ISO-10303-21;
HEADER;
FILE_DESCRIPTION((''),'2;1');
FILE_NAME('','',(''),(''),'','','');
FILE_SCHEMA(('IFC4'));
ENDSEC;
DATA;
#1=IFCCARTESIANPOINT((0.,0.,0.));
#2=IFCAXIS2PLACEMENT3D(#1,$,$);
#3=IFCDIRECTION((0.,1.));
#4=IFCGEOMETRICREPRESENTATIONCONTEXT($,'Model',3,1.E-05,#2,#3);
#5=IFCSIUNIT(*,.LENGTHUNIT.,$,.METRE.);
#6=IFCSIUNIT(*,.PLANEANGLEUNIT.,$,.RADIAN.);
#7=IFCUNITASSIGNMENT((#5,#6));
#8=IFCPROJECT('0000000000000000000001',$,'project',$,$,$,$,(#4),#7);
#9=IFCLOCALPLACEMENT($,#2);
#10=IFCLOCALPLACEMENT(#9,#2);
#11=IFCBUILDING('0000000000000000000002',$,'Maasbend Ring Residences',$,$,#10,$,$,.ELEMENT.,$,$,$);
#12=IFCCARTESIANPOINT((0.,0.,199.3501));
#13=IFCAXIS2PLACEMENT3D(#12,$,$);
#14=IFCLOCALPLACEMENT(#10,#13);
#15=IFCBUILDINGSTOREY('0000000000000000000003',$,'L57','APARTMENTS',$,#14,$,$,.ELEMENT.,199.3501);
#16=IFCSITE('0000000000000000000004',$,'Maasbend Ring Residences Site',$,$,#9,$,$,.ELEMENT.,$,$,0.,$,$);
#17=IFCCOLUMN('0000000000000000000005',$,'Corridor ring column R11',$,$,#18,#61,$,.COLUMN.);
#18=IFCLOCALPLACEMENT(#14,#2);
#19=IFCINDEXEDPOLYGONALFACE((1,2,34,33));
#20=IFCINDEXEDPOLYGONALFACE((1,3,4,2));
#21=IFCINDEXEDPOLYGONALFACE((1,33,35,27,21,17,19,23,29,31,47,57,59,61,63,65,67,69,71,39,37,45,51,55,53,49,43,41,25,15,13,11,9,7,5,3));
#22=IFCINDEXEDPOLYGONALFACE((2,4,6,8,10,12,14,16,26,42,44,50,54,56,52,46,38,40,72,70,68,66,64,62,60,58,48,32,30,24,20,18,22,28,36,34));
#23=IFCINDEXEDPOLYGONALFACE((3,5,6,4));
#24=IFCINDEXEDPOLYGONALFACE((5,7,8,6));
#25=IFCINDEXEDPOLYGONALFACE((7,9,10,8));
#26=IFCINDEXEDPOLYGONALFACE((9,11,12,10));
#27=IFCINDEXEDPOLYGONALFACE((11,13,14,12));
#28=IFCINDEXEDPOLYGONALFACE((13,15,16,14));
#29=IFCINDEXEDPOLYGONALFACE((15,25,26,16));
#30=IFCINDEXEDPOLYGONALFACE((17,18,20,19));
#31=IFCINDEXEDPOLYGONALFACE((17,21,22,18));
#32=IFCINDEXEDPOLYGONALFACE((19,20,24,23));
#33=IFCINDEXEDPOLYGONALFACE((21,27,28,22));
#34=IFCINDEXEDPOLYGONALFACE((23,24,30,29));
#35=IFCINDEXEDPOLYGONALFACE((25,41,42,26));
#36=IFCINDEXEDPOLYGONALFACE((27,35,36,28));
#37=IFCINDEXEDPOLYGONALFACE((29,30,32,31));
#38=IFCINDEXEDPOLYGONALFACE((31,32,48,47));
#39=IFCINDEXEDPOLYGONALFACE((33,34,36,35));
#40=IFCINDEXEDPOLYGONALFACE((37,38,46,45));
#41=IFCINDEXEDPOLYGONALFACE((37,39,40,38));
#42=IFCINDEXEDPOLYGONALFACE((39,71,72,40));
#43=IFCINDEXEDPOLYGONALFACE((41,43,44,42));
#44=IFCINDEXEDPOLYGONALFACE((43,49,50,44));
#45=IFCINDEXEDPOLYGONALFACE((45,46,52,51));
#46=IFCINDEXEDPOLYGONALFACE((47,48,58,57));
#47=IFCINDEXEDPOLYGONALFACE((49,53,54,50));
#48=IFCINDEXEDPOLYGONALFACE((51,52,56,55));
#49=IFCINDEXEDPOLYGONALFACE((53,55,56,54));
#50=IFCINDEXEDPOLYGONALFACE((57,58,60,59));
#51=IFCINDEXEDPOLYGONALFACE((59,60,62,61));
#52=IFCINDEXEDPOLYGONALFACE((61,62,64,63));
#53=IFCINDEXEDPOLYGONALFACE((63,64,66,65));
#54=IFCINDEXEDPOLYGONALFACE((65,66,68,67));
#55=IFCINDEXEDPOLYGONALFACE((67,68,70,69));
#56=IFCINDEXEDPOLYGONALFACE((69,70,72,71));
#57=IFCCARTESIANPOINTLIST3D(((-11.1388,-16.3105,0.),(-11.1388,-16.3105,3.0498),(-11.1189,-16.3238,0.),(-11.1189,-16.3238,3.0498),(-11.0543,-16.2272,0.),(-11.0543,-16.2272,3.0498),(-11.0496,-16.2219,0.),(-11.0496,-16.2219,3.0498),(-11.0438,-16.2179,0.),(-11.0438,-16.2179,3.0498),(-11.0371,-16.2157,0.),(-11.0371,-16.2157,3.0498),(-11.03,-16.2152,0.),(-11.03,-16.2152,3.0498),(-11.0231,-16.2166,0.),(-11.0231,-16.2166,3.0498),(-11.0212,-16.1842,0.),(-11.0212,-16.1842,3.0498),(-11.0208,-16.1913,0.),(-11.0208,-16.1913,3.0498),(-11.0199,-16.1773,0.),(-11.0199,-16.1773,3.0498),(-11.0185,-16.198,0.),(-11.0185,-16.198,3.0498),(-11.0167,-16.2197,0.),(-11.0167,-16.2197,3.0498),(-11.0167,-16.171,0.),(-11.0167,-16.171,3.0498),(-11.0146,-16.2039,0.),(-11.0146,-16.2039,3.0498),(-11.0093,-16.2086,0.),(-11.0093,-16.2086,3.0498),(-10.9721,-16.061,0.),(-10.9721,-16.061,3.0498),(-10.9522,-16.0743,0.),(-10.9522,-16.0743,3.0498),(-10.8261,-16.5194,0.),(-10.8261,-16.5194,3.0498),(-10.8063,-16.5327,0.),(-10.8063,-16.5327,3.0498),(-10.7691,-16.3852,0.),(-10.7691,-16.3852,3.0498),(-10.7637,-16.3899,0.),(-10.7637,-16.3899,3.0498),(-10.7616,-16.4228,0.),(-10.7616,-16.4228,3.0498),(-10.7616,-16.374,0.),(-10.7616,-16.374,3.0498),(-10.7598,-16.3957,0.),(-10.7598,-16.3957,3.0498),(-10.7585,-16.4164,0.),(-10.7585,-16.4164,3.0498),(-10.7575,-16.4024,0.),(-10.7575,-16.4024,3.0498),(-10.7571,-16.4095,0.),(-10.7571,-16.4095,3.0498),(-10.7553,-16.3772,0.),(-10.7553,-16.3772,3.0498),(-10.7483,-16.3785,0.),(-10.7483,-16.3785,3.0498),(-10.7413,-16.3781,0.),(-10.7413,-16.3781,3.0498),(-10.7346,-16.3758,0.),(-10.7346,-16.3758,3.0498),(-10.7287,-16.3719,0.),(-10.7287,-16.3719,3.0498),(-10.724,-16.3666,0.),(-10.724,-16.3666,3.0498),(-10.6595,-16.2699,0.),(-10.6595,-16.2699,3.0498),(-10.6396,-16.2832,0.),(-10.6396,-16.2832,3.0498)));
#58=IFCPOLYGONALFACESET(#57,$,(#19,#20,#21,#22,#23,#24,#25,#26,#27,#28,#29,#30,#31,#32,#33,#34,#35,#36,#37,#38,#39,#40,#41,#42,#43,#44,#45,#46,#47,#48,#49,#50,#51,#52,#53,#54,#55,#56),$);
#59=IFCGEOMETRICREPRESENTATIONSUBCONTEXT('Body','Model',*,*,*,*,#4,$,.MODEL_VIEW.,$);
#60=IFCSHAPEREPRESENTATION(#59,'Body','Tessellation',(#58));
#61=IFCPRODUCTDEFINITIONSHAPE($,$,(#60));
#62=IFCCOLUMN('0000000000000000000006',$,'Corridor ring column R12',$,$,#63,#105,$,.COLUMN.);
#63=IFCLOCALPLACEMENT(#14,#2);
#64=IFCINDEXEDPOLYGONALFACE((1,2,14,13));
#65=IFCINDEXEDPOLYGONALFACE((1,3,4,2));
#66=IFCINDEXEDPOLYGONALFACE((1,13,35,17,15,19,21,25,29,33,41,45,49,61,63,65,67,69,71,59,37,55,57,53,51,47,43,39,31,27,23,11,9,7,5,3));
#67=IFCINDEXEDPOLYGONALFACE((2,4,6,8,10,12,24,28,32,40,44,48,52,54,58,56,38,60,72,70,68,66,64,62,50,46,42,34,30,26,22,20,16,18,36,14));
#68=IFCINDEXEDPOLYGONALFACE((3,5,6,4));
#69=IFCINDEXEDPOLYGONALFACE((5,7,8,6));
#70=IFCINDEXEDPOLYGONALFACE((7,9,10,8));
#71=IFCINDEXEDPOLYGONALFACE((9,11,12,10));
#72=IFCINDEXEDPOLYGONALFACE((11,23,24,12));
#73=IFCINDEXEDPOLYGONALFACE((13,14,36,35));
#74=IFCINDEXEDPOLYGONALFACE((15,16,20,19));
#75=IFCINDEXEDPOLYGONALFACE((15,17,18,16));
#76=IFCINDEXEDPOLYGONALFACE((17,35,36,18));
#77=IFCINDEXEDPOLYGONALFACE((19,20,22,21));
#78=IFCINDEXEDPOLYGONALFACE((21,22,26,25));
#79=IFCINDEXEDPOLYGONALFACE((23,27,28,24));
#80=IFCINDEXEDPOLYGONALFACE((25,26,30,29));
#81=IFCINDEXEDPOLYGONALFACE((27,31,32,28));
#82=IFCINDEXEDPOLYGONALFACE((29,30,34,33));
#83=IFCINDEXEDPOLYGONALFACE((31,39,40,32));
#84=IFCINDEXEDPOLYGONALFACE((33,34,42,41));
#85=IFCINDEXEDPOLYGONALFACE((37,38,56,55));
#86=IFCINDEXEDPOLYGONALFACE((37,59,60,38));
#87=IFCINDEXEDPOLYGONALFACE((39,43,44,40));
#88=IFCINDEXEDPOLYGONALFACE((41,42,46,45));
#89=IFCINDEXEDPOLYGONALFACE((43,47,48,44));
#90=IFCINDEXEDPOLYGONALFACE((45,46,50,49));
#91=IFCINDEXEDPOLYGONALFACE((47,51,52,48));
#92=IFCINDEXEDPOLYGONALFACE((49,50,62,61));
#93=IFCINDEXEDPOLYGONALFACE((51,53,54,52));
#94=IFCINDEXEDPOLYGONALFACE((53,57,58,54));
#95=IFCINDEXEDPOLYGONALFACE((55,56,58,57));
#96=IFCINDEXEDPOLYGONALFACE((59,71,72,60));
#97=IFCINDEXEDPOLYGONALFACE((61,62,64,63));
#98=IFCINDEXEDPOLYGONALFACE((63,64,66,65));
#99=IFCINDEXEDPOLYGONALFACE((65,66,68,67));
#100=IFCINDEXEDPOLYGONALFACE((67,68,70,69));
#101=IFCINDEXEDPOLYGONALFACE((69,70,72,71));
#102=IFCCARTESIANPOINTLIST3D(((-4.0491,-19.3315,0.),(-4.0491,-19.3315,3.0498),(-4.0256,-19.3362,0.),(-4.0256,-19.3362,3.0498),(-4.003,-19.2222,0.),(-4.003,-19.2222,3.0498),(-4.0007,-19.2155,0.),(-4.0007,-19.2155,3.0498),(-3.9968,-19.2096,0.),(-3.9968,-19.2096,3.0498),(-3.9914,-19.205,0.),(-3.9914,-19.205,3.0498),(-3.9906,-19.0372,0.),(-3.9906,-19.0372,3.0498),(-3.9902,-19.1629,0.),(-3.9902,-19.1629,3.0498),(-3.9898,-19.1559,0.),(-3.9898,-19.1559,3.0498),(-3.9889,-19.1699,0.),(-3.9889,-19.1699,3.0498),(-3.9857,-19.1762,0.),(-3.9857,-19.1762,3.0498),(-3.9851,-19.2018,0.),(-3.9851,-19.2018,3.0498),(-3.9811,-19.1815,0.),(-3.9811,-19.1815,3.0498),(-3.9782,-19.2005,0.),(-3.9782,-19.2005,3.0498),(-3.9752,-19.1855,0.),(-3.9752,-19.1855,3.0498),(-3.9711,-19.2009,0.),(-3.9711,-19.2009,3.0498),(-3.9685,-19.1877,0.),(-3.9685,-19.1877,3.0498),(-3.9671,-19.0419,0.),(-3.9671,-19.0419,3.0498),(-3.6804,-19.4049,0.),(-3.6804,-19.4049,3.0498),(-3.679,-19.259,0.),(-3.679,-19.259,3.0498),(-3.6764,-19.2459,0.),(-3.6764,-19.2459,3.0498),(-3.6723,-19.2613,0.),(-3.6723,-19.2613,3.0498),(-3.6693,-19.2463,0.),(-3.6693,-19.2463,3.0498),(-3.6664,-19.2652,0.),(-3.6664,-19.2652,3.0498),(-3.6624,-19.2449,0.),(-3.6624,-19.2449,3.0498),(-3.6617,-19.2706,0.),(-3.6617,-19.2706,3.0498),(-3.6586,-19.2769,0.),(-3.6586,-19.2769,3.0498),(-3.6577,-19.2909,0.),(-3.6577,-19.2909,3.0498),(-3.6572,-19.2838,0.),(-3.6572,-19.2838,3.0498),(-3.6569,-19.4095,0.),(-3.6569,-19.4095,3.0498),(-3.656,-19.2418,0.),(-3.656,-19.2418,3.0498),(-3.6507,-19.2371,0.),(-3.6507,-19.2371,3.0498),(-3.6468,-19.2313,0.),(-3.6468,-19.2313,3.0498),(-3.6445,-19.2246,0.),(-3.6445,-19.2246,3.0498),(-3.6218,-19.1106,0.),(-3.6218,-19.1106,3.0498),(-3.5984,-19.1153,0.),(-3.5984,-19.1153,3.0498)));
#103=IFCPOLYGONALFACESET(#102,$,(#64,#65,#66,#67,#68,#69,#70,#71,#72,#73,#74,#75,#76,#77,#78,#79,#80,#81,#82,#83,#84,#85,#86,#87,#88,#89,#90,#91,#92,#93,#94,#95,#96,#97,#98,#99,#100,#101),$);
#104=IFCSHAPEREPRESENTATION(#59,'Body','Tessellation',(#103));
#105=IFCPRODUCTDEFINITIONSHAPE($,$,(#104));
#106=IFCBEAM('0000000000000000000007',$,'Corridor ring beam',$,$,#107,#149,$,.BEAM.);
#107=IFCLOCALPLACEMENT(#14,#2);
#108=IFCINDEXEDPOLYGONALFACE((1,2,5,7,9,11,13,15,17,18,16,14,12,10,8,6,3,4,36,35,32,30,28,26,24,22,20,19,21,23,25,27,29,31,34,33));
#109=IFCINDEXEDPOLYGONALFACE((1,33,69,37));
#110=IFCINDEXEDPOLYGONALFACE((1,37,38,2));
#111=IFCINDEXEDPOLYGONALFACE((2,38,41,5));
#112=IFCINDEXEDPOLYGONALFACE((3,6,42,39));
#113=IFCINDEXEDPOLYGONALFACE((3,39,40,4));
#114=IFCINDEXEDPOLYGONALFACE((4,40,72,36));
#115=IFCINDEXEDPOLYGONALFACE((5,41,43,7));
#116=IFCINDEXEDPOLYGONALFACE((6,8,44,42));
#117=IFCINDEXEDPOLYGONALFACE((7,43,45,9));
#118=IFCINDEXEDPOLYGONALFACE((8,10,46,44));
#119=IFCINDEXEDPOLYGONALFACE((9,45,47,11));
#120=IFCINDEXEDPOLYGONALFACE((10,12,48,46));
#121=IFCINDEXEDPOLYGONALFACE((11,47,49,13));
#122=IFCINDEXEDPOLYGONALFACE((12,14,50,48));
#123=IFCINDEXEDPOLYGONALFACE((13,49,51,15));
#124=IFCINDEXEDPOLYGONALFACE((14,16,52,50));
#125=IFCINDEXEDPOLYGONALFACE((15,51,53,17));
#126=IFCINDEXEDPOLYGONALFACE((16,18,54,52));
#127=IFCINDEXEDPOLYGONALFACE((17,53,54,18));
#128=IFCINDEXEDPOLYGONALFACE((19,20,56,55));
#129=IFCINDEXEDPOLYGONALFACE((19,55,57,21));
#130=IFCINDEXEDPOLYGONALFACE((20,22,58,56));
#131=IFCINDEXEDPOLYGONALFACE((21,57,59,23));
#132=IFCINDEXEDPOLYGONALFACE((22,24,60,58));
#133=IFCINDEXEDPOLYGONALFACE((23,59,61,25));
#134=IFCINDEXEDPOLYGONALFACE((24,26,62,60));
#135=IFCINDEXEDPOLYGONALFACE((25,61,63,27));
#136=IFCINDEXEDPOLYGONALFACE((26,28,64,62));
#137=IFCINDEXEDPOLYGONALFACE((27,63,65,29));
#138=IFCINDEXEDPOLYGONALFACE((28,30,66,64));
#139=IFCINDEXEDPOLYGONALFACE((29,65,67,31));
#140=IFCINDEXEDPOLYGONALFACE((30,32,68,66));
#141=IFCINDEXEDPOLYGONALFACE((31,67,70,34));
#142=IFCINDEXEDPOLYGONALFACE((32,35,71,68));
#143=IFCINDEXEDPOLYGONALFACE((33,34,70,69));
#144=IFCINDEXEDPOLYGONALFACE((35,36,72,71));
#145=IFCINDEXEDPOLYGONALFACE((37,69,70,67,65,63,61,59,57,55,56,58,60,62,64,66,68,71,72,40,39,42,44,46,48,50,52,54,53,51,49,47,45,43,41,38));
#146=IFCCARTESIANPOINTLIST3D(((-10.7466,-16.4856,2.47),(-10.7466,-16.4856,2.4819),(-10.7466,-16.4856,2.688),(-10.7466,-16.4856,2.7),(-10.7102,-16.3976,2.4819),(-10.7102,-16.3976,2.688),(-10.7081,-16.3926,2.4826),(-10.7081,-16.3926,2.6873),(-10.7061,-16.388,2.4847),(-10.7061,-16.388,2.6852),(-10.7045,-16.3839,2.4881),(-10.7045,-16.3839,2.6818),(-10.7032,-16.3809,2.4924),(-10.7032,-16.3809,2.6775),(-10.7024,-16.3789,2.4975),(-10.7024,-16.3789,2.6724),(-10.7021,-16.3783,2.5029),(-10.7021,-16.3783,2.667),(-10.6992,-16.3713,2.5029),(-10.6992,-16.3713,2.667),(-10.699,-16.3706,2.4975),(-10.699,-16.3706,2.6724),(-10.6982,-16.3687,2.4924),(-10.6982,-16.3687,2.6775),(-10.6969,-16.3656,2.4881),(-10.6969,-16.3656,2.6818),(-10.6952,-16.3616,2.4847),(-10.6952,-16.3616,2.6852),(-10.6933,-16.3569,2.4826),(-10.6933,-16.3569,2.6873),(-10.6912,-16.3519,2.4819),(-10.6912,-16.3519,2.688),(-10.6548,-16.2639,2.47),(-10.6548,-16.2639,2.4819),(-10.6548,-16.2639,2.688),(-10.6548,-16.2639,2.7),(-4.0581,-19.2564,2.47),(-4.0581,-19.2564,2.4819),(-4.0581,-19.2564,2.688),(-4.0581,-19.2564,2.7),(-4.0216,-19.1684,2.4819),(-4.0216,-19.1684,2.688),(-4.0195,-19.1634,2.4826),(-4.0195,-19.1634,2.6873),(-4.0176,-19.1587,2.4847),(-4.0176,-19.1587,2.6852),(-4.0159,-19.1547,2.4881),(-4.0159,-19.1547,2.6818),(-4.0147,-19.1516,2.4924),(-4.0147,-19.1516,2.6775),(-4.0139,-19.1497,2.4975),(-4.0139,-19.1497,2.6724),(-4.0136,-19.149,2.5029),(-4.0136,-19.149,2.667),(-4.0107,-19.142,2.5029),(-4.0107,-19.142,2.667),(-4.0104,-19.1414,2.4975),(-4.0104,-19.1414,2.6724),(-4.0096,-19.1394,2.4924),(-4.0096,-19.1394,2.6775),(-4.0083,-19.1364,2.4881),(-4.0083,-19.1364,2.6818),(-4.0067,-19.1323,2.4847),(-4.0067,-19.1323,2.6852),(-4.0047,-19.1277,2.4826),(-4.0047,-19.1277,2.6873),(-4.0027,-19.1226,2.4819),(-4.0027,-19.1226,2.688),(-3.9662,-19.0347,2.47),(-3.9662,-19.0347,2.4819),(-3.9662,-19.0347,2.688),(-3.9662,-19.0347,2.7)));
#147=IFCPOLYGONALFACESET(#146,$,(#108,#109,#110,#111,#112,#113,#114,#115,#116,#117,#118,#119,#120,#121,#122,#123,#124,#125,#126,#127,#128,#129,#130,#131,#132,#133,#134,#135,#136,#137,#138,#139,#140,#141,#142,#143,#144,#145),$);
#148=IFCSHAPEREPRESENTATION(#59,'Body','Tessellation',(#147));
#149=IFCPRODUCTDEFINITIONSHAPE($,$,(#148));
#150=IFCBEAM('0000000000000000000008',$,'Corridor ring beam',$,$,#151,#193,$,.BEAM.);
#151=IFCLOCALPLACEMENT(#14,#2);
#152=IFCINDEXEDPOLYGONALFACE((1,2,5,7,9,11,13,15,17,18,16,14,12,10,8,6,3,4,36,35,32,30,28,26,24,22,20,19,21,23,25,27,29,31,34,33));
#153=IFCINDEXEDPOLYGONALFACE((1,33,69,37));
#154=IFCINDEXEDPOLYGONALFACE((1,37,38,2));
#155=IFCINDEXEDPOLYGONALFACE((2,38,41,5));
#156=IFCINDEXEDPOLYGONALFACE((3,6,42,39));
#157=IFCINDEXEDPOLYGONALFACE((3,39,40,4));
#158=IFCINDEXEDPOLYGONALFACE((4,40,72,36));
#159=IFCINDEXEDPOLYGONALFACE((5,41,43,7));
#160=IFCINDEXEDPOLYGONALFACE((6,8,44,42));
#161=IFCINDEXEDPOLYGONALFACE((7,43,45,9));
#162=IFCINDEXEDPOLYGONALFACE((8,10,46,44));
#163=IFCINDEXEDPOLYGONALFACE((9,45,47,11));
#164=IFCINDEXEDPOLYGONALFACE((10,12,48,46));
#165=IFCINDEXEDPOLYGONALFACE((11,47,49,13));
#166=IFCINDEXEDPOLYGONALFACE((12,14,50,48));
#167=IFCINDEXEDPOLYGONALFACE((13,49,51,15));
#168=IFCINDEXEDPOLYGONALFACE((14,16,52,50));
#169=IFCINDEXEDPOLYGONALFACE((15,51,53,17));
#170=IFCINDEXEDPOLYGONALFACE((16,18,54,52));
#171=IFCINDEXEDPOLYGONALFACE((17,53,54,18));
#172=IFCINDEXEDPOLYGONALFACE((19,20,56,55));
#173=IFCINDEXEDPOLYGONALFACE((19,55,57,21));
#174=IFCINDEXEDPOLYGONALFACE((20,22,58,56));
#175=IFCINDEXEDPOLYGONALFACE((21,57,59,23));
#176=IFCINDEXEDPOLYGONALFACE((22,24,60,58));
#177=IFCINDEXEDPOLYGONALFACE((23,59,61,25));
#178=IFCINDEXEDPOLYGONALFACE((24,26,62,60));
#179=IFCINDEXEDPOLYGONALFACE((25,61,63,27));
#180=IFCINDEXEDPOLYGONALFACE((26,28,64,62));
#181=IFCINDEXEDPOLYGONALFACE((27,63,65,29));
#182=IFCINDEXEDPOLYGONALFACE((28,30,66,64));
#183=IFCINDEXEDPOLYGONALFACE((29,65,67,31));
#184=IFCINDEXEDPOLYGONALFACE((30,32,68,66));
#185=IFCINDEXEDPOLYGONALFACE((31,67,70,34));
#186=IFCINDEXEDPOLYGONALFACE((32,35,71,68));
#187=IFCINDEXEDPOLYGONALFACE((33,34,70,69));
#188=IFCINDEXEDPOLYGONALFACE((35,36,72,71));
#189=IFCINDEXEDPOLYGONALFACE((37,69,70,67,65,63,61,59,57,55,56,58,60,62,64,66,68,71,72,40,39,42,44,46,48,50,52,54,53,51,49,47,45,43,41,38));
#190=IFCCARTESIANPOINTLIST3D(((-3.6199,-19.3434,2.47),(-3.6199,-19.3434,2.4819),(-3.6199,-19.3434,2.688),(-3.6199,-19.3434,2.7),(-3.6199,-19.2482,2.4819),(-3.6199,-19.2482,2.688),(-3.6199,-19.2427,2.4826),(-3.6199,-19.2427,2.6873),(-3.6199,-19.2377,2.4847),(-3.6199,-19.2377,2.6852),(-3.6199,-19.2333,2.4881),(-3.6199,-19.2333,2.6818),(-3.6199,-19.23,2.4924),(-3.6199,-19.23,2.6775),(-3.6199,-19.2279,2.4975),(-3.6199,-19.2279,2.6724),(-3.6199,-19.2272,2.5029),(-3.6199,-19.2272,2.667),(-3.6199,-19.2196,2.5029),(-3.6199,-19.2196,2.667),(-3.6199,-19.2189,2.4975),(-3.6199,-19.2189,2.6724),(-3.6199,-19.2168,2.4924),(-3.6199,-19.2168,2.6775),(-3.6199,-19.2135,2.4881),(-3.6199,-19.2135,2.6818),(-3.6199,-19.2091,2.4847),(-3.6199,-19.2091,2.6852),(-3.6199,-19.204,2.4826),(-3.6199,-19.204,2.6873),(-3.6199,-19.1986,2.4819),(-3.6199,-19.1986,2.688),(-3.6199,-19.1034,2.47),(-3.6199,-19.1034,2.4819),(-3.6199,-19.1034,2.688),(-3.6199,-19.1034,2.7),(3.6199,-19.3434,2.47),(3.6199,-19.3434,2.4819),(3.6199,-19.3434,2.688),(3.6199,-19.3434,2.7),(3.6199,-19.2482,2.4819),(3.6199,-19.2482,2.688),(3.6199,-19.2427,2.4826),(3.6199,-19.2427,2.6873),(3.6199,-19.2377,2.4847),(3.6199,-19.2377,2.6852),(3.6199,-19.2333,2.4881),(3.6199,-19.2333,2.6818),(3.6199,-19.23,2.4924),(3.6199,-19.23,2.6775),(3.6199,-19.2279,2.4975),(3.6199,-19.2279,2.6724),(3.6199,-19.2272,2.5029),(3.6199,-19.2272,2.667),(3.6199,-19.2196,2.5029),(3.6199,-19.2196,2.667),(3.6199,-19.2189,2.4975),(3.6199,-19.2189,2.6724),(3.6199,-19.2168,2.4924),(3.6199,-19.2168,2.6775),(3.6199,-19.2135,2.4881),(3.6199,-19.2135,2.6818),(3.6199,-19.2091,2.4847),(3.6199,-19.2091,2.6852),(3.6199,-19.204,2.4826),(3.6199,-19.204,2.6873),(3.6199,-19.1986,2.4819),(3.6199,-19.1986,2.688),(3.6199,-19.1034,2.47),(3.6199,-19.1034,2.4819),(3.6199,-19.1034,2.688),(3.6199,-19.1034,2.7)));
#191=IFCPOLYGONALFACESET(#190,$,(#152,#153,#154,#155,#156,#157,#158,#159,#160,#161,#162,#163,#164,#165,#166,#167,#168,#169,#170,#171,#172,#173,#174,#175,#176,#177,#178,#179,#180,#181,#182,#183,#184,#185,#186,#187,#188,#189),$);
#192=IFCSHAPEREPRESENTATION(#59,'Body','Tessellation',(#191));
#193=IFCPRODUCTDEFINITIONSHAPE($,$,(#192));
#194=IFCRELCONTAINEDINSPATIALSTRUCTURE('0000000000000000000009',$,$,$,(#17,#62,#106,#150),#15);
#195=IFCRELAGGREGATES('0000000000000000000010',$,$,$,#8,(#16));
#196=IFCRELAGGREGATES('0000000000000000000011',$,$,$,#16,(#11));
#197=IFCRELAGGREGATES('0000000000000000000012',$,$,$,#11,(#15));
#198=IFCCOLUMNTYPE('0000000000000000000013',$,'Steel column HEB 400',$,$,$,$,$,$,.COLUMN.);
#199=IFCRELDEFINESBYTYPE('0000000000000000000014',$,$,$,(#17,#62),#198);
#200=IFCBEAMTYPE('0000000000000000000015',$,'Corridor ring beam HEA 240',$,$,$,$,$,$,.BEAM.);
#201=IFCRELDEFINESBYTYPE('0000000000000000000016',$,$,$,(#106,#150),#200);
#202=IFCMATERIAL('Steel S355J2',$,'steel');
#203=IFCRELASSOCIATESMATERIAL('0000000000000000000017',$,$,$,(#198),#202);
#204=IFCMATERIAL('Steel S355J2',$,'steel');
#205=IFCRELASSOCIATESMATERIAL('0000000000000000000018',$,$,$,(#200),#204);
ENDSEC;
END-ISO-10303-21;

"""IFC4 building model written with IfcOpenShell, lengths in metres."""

from ifc_helpers import new_model, si_unit, direction, frame, origin, origin_2d, place, context, subcontext, project, spatial, i_section, extrude, material, material_profile, profile_set, type_object, element, save


model = new_model("IFC4")

# Units and contexts
model_context = context("Model", 3, precision=1e-05, world=origin(), true_north=direction((0.0, 1.0)))
body_context = subcontext(model_context, "Body", "Model", "MODEL_VIEW")
ifc_project = project(units=[si_unit("LENGTHUNIT", "METRE"), si_unit("PLANEANGLEUNIT", "RADIAN")], contexts=[model_context])

# Site, building, storey
site_placement = place(None, origin())
site = spatial("IfcSite", under=ifc_project, at=site_placement, Name="Maasbend Ring Residences Site", CompositionType="ELEMENT", RefElevation=0.0)
building_placement = place(site_placement, origin())
building = spatial("IfcBuilding", under=site, at=building_placement, Name="Maasbend Ring Residences", CompositionType="ELEMENT")
storey_placement = place(building_placement, frame((0.0, 0.0, 199.3501)))
storey = spatial("IfcBuildingStorey", under=building, at=storey_placement, Name="L57", Description="APARTMENTS", CompositionType="ELEMENT", Elevation=199.3501)

# Columns
ifc_material_1 = material(Name="Steel S355J2", Category="steel")
ifc_material_profile_1 = material_profile(ifc_material_1, i_section(OverallWidth=0.3, OverallDepth=0.3999, WebThickness=0.0134, FlangeThickness=0.0239, FilletRadius=0.0271, at=origin_2d()), Name="HEB 400")
ifc_profile_set_1 = profile_set([ifc_material_profile_1], Name="Steel S355J2")
column_type = type_object("IfcColumnType", Name="Steel column HEB 400", PredefinedType="COLUMN", material=ifc_profile_set_1)
for number, where, z_axis, x_axis, name in (
    (1, (-10.8892, -16.2969, 0.0), (0.0, 0.0, 1.0), (-0.55557, -0.83147, 0.0), "Corridor ring column R11"),
    (2, (-3.8237, -19.2234, 0.0), (0.0, 0.0, 1.0), (-0.19509, -0.980785, 0.0), "Corridor ring column R12"),
):
    element("IfcColumn", number, at=place(storey_placement, frame(where, z_axis=z_axis, x_axis=x_axis)), inside=storey, type_object=column_type, Name=name, PredefinedType="COLUMN", context=body_context, shape_type="SweptSolid", body=[
        extrude(i_section(OverallWidth=0.3, OverallDepth=0.3999, WebThickness=0.0134, FlangeThickness=0.0239, FilletRadius=0.0271, at=origin_2d()), origin(), (0.0, 0.0, 1.0), 3.0498),
    ])

# Beams
ifc_material_2 = material(Name="Steel S355J2", Category="steel")
ifc_material_profile_2 = material_profile(ifc_material_2, i_section(OverallWidth=0.24, OverallDepth=0.23, WebThickness=0.0076, FlangeThickness=0.012, FilletRadius=0.021, at=origin_2d()), Name="HEA 240")
ifc_profile_set_2 = profile_set([ifc_material_profile_2], Name="Steel S355J2")
beam_type = type_object("IfcBeamType", Name="Corridor ring beam HEA 240", PredefinedType="BEAM", material=ifc_profile_set_2)
for number, where, z_axis, x_axis, name in (
    (3, (-10.7007, -16.3748, 2.585), (0.923865, -0.382718, 0.0), (0.382718, 0.923865, 0.0), "Corridor ring beam"),
    (4, (-3.6199, -19.2234, 2.585), (1.0, 0.0, 0.0), (0.0, 1.0, 0.0), "Corridor ring beam"),
):
    element("IfcBeam", number, at=place(storey_placement, frame(where, z_axis=z_axis, x_axis=x_axis)), inside=storey, type_object=beam_type, Name=name, PredefinedType="BEAM", context=body_context, shape_type="SweptSolid", body=[
        extrude(i_section(OverallWidth=0.24, OverallDepth=0.23, WebThickness=0.0076, FlangeThickness=0.012, FilletRadius=0.021, at=origin_2d()), origin(), (0.0, 0.0, 1.0), 7.2397),
    ])

save(model, "model.ifc")
